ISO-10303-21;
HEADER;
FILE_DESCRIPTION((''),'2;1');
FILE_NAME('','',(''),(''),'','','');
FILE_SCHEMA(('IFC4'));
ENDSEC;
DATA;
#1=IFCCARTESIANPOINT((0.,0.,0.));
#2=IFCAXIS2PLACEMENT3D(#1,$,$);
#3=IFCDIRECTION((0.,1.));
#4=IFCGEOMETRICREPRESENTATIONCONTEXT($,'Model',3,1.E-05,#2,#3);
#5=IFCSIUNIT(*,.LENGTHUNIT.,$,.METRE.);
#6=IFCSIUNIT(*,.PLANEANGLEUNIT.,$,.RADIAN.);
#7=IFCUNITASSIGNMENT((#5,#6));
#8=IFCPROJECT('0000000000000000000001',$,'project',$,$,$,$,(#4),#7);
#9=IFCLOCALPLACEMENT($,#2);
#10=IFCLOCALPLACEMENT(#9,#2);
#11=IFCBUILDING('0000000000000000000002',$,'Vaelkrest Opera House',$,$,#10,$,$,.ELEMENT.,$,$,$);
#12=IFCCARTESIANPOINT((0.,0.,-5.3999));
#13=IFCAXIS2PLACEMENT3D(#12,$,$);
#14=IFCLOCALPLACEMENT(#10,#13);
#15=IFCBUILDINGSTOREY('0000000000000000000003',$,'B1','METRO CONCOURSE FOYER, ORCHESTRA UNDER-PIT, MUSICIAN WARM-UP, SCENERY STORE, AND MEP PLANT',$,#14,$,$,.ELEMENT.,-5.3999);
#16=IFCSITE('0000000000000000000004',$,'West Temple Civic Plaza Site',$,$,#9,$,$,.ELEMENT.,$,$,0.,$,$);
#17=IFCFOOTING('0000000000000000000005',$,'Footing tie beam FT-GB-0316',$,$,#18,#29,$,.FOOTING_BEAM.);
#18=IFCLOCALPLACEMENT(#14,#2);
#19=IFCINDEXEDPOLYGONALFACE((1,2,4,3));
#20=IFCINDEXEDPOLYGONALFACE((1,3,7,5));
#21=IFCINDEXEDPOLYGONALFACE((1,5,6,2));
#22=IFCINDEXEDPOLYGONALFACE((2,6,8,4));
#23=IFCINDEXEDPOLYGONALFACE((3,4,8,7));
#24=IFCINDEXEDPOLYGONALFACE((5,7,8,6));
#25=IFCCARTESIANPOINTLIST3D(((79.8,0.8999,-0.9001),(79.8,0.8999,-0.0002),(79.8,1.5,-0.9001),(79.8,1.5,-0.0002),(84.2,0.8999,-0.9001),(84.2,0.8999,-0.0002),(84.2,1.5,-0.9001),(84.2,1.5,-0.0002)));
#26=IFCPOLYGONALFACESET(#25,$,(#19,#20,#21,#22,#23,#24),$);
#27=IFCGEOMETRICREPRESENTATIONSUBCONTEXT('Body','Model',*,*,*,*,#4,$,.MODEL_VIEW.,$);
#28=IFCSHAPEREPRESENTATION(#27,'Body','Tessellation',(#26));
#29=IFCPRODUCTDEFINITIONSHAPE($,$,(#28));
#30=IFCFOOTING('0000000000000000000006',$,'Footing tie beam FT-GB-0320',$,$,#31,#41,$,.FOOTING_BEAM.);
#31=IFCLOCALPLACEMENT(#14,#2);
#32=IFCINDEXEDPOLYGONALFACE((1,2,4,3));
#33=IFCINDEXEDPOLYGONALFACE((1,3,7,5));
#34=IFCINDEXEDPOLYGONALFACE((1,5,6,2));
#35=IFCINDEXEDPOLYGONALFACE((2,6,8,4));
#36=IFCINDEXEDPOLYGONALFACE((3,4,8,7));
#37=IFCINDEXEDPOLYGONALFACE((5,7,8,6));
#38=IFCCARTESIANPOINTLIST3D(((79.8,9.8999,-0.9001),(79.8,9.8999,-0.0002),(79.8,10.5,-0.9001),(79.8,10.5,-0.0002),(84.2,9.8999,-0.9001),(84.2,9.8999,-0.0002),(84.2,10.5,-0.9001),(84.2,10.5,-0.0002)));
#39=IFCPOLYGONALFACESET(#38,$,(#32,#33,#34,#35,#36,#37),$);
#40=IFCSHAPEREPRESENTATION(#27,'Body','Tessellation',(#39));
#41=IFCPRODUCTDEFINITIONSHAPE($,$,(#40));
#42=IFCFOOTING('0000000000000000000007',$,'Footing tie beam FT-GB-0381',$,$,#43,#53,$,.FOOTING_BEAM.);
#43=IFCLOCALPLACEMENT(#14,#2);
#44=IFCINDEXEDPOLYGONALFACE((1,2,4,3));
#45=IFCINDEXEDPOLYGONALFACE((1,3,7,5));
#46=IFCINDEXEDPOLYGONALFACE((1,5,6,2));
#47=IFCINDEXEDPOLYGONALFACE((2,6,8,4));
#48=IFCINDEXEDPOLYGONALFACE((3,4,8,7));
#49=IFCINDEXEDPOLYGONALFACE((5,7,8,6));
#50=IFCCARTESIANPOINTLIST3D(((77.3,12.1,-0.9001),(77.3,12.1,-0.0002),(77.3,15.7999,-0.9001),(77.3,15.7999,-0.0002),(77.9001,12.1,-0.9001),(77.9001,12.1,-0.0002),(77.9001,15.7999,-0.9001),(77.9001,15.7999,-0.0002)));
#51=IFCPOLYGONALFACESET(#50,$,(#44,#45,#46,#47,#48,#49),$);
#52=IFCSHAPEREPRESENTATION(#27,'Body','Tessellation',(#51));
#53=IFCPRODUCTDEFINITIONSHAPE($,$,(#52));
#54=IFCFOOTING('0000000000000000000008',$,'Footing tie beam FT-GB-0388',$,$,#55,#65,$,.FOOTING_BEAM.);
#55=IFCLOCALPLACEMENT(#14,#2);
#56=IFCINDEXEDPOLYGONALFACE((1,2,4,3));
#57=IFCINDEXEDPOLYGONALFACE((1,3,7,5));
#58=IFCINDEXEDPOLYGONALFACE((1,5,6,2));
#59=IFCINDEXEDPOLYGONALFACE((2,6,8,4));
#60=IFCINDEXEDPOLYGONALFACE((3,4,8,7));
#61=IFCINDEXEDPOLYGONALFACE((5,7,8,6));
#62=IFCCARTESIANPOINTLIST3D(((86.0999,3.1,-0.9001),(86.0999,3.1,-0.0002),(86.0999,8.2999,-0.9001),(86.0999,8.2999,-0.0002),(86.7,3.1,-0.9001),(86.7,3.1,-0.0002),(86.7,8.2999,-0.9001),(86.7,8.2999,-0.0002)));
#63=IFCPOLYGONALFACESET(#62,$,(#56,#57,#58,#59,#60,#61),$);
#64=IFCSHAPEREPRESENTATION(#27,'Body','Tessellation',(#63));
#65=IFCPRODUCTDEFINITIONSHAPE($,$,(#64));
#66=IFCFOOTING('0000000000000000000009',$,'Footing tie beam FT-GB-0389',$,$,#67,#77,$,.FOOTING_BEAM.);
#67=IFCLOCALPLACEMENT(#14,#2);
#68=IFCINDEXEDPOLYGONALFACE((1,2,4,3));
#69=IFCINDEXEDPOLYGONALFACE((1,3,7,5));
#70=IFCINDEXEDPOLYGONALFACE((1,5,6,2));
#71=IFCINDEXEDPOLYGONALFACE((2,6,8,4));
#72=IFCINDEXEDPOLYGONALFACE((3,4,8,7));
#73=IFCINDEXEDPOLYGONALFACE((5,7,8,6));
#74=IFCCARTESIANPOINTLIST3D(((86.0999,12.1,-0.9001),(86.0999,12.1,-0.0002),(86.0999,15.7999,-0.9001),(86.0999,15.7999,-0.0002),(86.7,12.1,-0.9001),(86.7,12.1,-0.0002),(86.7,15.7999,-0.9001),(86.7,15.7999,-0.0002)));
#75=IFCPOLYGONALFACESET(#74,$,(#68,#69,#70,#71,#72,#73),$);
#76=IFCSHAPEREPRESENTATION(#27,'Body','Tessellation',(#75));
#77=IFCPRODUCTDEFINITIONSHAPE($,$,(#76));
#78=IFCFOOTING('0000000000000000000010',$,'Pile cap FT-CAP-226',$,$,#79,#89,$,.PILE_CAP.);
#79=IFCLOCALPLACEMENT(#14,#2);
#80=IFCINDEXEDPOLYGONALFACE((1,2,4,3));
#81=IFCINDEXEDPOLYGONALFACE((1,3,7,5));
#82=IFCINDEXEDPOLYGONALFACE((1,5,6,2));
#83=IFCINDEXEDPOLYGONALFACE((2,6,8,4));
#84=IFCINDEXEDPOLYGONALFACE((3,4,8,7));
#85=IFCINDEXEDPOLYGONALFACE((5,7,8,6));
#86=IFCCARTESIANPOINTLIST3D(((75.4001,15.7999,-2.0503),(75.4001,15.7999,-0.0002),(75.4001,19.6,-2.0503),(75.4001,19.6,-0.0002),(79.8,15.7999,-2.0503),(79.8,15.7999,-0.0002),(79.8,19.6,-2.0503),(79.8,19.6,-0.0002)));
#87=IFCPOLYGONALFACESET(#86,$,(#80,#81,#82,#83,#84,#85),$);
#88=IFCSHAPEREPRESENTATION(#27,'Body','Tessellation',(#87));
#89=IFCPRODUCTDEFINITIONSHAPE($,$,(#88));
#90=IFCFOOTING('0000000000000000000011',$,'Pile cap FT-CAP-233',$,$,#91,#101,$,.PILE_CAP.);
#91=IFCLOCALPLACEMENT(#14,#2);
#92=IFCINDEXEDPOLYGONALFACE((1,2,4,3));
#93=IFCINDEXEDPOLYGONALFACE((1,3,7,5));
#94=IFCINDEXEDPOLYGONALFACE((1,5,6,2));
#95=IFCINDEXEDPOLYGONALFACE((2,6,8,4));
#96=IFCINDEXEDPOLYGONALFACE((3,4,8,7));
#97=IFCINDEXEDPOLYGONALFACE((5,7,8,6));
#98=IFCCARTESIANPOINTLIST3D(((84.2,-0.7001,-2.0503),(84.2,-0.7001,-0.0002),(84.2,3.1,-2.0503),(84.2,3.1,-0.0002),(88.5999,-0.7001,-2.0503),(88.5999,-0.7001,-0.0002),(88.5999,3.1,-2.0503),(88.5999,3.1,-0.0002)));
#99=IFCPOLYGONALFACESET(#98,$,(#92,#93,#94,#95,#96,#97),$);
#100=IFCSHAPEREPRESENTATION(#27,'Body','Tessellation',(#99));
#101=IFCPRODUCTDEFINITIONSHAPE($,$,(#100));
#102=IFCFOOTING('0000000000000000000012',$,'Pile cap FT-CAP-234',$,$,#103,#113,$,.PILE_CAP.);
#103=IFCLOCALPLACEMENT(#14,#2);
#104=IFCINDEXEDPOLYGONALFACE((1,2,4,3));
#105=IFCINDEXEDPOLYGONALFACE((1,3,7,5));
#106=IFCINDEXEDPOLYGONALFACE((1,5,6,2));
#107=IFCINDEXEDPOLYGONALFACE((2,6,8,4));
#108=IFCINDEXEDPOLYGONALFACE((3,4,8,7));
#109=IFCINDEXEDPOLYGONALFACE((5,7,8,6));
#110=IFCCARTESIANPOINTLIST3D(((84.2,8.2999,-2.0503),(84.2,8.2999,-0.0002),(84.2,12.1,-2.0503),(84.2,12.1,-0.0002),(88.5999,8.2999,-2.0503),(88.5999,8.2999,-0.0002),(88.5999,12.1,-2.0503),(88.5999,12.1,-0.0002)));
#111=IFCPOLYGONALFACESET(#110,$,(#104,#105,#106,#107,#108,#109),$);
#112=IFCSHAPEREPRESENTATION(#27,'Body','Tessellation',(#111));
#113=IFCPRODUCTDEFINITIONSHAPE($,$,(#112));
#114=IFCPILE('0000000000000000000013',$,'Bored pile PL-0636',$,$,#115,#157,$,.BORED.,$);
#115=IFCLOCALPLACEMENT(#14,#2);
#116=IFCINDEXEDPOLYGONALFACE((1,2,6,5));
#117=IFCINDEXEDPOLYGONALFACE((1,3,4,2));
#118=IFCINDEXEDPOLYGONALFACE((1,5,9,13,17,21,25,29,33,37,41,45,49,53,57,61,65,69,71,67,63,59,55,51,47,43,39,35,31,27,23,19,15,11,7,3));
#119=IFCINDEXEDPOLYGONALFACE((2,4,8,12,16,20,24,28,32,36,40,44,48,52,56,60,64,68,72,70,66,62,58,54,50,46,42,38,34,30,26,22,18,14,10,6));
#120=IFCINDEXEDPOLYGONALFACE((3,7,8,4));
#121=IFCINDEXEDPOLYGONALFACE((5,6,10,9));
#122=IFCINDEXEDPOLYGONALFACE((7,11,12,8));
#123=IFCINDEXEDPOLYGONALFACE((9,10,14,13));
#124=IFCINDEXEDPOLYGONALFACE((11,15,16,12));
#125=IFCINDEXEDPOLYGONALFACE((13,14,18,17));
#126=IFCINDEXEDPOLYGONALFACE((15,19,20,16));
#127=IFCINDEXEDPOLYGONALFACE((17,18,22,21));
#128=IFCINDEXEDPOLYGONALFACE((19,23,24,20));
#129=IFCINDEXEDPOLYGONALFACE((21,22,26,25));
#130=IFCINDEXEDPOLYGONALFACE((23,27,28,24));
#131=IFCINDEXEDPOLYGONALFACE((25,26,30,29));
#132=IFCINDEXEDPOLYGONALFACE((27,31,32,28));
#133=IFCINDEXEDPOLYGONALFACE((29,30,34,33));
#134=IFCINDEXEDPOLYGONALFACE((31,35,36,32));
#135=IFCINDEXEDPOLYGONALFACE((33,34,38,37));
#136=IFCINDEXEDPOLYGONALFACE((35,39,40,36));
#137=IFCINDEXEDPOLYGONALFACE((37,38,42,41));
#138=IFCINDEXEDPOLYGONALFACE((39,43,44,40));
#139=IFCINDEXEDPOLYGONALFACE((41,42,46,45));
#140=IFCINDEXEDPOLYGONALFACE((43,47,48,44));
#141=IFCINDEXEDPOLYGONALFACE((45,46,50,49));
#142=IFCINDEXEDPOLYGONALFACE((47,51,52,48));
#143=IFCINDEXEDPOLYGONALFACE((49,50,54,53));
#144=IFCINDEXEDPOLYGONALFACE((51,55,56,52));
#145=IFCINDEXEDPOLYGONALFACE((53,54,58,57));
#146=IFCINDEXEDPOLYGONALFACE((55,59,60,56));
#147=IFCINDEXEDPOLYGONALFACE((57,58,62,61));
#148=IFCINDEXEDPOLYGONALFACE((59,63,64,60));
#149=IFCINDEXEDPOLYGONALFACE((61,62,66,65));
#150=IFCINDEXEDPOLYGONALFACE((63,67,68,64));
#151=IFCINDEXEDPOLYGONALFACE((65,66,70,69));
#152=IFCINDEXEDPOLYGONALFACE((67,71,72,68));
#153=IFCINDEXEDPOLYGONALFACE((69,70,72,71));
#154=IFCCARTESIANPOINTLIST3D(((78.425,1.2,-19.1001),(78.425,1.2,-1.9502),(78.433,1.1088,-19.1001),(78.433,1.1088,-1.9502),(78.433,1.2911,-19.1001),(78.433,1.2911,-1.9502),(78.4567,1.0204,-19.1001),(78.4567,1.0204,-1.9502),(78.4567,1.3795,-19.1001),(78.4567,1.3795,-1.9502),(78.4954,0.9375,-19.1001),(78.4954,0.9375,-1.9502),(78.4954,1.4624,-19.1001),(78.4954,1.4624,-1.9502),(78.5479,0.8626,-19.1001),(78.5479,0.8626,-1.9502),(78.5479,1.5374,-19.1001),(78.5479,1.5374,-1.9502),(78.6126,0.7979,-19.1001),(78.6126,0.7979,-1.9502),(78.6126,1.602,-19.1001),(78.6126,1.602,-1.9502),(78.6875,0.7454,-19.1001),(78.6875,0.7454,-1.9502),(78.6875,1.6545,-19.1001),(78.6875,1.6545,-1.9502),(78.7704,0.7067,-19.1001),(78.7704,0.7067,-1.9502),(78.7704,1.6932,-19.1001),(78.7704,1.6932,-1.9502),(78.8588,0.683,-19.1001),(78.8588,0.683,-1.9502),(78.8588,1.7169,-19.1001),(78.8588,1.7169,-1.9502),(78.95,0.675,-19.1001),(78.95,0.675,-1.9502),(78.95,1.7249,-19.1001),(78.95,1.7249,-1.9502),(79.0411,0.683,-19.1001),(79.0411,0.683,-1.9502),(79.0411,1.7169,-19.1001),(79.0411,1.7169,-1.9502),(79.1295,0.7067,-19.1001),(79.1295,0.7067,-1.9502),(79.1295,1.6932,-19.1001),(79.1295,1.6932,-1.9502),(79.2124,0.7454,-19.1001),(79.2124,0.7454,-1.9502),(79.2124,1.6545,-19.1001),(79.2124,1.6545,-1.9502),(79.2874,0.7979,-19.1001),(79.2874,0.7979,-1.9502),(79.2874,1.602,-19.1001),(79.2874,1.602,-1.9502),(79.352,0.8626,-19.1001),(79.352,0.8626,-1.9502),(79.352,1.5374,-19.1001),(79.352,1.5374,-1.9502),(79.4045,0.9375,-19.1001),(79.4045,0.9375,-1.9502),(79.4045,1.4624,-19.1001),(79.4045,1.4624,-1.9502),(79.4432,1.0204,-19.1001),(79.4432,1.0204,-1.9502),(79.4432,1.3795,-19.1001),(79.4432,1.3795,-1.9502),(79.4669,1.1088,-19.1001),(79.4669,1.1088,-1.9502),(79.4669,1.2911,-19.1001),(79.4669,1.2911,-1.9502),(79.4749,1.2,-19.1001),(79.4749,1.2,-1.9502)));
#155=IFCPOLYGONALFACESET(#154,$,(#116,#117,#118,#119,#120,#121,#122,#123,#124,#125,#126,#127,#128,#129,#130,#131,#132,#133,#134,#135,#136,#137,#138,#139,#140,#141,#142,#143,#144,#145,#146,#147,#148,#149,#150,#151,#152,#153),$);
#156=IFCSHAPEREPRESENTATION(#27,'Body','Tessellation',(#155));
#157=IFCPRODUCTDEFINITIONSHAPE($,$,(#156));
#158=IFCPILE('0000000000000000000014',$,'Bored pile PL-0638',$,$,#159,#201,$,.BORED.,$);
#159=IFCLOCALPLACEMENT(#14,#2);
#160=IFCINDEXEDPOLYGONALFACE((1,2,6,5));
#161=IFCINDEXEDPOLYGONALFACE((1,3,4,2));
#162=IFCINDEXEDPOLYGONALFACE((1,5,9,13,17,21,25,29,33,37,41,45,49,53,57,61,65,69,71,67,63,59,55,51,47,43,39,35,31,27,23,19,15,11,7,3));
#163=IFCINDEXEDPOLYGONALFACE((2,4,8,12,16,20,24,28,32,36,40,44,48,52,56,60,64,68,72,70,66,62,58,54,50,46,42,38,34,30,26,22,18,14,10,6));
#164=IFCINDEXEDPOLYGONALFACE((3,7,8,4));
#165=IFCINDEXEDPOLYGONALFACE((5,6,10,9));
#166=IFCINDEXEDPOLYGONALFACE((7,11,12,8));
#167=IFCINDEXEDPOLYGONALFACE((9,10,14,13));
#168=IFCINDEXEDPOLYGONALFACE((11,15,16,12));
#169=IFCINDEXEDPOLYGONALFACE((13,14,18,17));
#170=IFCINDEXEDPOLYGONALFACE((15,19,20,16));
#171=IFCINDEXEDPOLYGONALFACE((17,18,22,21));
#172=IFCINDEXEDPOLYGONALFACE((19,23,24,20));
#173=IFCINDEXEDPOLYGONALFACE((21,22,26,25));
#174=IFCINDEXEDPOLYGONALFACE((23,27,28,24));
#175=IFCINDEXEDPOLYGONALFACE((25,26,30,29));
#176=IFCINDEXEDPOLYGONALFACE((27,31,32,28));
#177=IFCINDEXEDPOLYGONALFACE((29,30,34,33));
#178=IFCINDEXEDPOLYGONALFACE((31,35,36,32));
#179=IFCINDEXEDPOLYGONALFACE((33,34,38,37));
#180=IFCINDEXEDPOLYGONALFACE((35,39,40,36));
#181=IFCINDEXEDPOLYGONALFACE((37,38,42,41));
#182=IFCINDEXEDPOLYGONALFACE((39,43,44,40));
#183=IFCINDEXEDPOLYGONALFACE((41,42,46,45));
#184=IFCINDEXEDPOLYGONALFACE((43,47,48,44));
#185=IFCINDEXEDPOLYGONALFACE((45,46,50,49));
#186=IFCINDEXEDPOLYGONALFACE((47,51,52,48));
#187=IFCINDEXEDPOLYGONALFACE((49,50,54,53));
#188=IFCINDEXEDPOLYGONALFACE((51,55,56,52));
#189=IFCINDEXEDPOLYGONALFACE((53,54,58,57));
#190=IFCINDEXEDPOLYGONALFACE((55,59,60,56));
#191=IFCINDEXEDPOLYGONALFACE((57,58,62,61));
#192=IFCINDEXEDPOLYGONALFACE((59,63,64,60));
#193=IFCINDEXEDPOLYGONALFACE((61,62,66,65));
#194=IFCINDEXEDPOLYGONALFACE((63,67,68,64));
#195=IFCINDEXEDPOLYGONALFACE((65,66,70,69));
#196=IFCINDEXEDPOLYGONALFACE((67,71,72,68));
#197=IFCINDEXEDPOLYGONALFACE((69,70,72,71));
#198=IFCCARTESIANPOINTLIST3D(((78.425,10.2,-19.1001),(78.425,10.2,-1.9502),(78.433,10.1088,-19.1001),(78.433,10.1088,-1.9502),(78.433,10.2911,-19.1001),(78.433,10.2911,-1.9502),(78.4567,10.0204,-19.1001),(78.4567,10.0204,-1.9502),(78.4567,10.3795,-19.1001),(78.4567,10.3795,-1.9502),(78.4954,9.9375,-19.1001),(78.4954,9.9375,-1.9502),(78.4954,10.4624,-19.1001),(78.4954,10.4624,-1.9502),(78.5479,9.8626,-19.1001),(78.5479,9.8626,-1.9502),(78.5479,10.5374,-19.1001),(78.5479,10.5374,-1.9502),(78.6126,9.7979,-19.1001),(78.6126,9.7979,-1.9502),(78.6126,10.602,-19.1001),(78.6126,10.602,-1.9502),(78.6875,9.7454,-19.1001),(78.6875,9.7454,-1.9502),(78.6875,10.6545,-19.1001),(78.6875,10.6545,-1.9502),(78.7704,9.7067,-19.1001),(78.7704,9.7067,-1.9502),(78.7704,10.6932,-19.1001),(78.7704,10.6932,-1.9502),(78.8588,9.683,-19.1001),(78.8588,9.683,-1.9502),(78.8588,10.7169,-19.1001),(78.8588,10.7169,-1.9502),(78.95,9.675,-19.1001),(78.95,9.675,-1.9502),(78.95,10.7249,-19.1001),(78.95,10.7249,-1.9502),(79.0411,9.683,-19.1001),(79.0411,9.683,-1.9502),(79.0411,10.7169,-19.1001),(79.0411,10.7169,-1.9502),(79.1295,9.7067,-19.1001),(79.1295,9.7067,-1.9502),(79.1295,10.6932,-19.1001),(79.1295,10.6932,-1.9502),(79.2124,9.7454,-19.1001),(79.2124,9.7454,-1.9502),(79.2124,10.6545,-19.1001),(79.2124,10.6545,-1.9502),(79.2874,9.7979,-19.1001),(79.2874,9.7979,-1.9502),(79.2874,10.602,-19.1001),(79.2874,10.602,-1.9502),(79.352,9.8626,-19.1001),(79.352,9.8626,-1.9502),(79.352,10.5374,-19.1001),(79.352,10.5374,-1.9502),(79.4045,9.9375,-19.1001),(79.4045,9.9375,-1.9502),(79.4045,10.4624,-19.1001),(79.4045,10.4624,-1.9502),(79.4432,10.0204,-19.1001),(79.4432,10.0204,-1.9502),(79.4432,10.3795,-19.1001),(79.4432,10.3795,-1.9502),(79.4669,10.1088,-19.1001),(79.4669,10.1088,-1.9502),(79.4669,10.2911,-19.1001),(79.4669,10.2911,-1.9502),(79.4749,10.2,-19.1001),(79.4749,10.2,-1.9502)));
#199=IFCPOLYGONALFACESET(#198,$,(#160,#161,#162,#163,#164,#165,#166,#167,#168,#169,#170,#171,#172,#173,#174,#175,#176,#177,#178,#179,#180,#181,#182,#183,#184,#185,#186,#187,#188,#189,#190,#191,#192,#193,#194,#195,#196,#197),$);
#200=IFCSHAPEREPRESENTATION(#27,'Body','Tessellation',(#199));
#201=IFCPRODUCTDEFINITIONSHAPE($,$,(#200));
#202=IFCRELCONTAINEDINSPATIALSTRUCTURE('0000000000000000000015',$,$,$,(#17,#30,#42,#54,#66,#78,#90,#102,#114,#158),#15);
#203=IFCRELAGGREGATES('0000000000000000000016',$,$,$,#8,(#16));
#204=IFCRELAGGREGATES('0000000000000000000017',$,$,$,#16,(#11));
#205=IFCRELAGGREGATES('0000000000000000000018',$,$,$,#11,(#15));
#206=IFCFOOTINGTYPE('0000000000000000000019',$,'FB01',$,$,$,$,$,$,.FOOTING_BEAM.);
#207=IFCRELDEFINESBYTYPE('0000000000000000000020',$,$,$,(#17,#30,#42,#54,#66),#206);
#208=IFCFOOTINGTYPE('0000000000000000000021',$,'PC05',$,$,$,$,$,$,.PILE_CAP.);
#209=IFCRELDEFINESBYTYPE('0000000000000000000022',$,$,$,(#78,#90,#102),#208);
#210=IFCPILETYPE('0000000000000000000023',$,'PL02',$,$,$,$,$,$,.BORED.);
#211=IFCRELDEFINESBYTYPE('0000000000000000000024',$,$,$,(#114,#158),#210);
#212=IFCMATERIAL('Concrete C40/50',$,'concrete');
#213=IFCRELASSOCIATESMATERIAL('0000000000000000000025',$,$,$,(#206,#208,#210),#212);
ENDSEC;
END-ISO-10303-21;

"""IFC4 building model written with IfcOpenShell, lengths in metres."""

from ifc_helpers import new_model, si_unit, direction, frame, origin, origin_2d, place, context, subcontext, project, spatial, rectangle, circle, extrude, material, material_profile, profile_set, type_object, element, save


model = new_model("IFC4")

# Units and contexts
model_context = context("Model", 3, precision=1e-05, world=origin(), true_north=direction((0.0, 1.0)))
body_context = subcontext(model_context, "Body", "Model", "MODEL_VIEW")
ifc_project = project(units=[si_unit("LENGTHUNIT", "METRE"), si_unit("PLANEANGLEUNIT", "RADIAN")], contexts=[model_context])

# Site, building, storey
site_placement = place(None, origin())
site = spatial("IfcSite", under=ifc_project, at=site_placement, Name="West Temple Civic Plaza Site", CompositionType="ELEMENT", RefElevation=0.0)
building_placement = place(site_placement, origin())
building = spatial("IfcBuilding", under=site, at=building_placement, Name="Vaelkrest Opera House", CompositionType="ELEMENT")
storey_placement = place(building_placement, frame((0.0, 0.0, -5.3999)))
storey = spatial("IfcBuildingStorey", under=building, at=storey_placement, Name="B1", Description="METRO CONCOURSE FOYER, ORCHESTRA UNDER-PIT, MUSICIAN WARM-UP, SCENERY STORE, AND MEP PLANT", CompositionType="ELEMENT", Elevation=-5.3999)

# Footings
ifc_material_1 = material(Name="Concrete C40/50", Category="concrete")
footing_type_1 = type_object("IfcFootingType", Name="FB01", PredefinedType="FOOTING_BEAM", material=ifc_material_1)
for number, where, z_axis, x_axis, name in (
    (1, (82.0, 1.2, -0.9001), (0.0, 0.0, 1.0), (1.0, 0.0, 0.0), "Footing tie beam FT-GB-0316"),
    (2, (82.0, 10.2, -0.9001), (0.0, 0.0, 1.0), (1.0, 0.0, 0.0), "Footing tie beam FT-GB-0320"),
):
    element("IfcFooting", number, at=place(storey_placement, frame(where, z_axis=z_axis, x_axis=x_axis)), inside=storey, type_object=footing_type_1, Name=name, PredefinedType="FOOTING_BEAM", context=body_context, shape_type="SweptSolid", body=[
        extrude(rectangle(XDim=4.3999, YDim=0.6001, at=origin_2d()), origin(), (0.0, 0.0, 1.0), 0.8999),
    ])
footing_1_placement = place(storey_placement, frame((77.6001, 13.95, -0.9001), z_axis=(0.0, 0.0, 1.0), x_axis=(0.0, 1.0, 0.0)))
element("IfcFooting", 3, at=footing_1_placement, inside=storey, type_object=footing_type_1, Name="Footing tie beam FT-GB-0381", PredefinedType="FOOTING_BEAM", context=body_context, shape_type="SweptSolid", body=[
    extrude(rectangle(XDim=3.7, YDim=0.6001, at=origin_2d()), origin(), (0.0, 0.0, 1.0), 0.8999),
])
footing_2_placement = place(storey_placement, frame((86.3999, 5.7, -0.9001), z_axis=(0.0, 0.0, 1.0), x_axis=(0.0, 1.0, 0.0)))
element("IfcFooting", 4, at=footing_2_placement, inside=storey, type_object=footing_type_1, Name="Footing tie beam FT-GB-0388", PredefinedType="FOOTING_BEAM", context=body_context, shape_type="SweptSolid", body=[
    extrude(rectangle(XDim=5.2, YDim=0.6001, at=origin_2d()), origin(), (0.0, 0.0, 1.0), 0.8999),
])
footing_3_placement = place(storey_placement, frame((86.3999, 13.95, -0.9001), z_axis=(0.0, 0.0, 1.0), x_axis=(0.0, 1.0, 0.0)))
element("IfcFooting", 5, at=footing_3_placement, inside=storey, type_object=footing_type_1, Name="Footing tie beam FT-GB-0389", PredefinedType="FOOTING_BEAM", context=body_context, shape_type="SweptSolid", body=[
    extrude(rectangle(XDim=3.7, YDim=0.6001, at=origin_2d()), origin(), (0.0, 0.0, 1.0), 0.8999),
])
footing_type_2 = type_object("IfcFootingType", Name="PC05", PredefinedType="PILE_CAP", material=ifc_material_1)
for number, where, z_axis, x_axis, name in (
    (6, (77.6001, 17.7, -2.0503), (0.0, 0.0, 1.0), (1.0, 0.0, 0.0), "Pile cap FT-CAP-226"),
    (7, (86.3999, 1.2, -2.0503), (0.0, 0.0, 1.0), (1.0, 0.0, 0.0), "Pile cap FT-CAP-233"),
    (8, (86.3999, 10.2, -2.0503), (0.0, 0.0, 1.0), (1.0, 0.0, 0.0), "Pile cap FT-CAP-234"),
):
    element("IfcFooting", number, at=place(storey_placement, frame(where, z_axis=z_axis, x_axis=x_axis)), inside=storey, type_object=footing_type_2, Name=name, PredefinedType="PILE_CAP", context=body_context, shape_type="SweptSolid", body=[
        extrude(rectangle(XDim=4.3999, YDim=3.8, at=origin_2d()), origin(), (0.0, 0.0, 1.0), 2.05),
    ])

# Piles
ifc_material_profile_1 = material_profile(ifc_material_1, circle(Radius=0.5249, at=origin_2d()), Name="PILE1050")
ifc_profile_set_1 = profile_set([ifc_material_profile_1], Name="Concrete C40/50")
pile_type = type_object("IfcPileType", Name="PL02", PredefinedType="BORED", material=ifc_profile_set_1)
for number, where, z_axis, x_axis, name in (
    (9, (78.95, 1.2, -1.9502), (0.0, 0.0, -1.0), (1.0, 0.0, 0.0), "Bored pile PL-0636"),
    (10, (78.95, 10.2, -1.9502), (0.0, 0.0, -1.0), (1.0, 0.0, 0.0), "Bored pile PL-0638"),
):
    element("IfcPile", number, at=place(storey_placement, frame(where, z_axis=z_axis, x_axis=x_axis)), inside=storey, type_object=pile_type, Name=name, PredefinedType="BORED", context=body_context, shape_type="SweptSolid", body=[
        extrude(circle(Radius=0.5249, at=origin_2d()), origin(), (0.0, 0.0, 1.0), 17.1499),
    ])

save(model, "model.ifc")
